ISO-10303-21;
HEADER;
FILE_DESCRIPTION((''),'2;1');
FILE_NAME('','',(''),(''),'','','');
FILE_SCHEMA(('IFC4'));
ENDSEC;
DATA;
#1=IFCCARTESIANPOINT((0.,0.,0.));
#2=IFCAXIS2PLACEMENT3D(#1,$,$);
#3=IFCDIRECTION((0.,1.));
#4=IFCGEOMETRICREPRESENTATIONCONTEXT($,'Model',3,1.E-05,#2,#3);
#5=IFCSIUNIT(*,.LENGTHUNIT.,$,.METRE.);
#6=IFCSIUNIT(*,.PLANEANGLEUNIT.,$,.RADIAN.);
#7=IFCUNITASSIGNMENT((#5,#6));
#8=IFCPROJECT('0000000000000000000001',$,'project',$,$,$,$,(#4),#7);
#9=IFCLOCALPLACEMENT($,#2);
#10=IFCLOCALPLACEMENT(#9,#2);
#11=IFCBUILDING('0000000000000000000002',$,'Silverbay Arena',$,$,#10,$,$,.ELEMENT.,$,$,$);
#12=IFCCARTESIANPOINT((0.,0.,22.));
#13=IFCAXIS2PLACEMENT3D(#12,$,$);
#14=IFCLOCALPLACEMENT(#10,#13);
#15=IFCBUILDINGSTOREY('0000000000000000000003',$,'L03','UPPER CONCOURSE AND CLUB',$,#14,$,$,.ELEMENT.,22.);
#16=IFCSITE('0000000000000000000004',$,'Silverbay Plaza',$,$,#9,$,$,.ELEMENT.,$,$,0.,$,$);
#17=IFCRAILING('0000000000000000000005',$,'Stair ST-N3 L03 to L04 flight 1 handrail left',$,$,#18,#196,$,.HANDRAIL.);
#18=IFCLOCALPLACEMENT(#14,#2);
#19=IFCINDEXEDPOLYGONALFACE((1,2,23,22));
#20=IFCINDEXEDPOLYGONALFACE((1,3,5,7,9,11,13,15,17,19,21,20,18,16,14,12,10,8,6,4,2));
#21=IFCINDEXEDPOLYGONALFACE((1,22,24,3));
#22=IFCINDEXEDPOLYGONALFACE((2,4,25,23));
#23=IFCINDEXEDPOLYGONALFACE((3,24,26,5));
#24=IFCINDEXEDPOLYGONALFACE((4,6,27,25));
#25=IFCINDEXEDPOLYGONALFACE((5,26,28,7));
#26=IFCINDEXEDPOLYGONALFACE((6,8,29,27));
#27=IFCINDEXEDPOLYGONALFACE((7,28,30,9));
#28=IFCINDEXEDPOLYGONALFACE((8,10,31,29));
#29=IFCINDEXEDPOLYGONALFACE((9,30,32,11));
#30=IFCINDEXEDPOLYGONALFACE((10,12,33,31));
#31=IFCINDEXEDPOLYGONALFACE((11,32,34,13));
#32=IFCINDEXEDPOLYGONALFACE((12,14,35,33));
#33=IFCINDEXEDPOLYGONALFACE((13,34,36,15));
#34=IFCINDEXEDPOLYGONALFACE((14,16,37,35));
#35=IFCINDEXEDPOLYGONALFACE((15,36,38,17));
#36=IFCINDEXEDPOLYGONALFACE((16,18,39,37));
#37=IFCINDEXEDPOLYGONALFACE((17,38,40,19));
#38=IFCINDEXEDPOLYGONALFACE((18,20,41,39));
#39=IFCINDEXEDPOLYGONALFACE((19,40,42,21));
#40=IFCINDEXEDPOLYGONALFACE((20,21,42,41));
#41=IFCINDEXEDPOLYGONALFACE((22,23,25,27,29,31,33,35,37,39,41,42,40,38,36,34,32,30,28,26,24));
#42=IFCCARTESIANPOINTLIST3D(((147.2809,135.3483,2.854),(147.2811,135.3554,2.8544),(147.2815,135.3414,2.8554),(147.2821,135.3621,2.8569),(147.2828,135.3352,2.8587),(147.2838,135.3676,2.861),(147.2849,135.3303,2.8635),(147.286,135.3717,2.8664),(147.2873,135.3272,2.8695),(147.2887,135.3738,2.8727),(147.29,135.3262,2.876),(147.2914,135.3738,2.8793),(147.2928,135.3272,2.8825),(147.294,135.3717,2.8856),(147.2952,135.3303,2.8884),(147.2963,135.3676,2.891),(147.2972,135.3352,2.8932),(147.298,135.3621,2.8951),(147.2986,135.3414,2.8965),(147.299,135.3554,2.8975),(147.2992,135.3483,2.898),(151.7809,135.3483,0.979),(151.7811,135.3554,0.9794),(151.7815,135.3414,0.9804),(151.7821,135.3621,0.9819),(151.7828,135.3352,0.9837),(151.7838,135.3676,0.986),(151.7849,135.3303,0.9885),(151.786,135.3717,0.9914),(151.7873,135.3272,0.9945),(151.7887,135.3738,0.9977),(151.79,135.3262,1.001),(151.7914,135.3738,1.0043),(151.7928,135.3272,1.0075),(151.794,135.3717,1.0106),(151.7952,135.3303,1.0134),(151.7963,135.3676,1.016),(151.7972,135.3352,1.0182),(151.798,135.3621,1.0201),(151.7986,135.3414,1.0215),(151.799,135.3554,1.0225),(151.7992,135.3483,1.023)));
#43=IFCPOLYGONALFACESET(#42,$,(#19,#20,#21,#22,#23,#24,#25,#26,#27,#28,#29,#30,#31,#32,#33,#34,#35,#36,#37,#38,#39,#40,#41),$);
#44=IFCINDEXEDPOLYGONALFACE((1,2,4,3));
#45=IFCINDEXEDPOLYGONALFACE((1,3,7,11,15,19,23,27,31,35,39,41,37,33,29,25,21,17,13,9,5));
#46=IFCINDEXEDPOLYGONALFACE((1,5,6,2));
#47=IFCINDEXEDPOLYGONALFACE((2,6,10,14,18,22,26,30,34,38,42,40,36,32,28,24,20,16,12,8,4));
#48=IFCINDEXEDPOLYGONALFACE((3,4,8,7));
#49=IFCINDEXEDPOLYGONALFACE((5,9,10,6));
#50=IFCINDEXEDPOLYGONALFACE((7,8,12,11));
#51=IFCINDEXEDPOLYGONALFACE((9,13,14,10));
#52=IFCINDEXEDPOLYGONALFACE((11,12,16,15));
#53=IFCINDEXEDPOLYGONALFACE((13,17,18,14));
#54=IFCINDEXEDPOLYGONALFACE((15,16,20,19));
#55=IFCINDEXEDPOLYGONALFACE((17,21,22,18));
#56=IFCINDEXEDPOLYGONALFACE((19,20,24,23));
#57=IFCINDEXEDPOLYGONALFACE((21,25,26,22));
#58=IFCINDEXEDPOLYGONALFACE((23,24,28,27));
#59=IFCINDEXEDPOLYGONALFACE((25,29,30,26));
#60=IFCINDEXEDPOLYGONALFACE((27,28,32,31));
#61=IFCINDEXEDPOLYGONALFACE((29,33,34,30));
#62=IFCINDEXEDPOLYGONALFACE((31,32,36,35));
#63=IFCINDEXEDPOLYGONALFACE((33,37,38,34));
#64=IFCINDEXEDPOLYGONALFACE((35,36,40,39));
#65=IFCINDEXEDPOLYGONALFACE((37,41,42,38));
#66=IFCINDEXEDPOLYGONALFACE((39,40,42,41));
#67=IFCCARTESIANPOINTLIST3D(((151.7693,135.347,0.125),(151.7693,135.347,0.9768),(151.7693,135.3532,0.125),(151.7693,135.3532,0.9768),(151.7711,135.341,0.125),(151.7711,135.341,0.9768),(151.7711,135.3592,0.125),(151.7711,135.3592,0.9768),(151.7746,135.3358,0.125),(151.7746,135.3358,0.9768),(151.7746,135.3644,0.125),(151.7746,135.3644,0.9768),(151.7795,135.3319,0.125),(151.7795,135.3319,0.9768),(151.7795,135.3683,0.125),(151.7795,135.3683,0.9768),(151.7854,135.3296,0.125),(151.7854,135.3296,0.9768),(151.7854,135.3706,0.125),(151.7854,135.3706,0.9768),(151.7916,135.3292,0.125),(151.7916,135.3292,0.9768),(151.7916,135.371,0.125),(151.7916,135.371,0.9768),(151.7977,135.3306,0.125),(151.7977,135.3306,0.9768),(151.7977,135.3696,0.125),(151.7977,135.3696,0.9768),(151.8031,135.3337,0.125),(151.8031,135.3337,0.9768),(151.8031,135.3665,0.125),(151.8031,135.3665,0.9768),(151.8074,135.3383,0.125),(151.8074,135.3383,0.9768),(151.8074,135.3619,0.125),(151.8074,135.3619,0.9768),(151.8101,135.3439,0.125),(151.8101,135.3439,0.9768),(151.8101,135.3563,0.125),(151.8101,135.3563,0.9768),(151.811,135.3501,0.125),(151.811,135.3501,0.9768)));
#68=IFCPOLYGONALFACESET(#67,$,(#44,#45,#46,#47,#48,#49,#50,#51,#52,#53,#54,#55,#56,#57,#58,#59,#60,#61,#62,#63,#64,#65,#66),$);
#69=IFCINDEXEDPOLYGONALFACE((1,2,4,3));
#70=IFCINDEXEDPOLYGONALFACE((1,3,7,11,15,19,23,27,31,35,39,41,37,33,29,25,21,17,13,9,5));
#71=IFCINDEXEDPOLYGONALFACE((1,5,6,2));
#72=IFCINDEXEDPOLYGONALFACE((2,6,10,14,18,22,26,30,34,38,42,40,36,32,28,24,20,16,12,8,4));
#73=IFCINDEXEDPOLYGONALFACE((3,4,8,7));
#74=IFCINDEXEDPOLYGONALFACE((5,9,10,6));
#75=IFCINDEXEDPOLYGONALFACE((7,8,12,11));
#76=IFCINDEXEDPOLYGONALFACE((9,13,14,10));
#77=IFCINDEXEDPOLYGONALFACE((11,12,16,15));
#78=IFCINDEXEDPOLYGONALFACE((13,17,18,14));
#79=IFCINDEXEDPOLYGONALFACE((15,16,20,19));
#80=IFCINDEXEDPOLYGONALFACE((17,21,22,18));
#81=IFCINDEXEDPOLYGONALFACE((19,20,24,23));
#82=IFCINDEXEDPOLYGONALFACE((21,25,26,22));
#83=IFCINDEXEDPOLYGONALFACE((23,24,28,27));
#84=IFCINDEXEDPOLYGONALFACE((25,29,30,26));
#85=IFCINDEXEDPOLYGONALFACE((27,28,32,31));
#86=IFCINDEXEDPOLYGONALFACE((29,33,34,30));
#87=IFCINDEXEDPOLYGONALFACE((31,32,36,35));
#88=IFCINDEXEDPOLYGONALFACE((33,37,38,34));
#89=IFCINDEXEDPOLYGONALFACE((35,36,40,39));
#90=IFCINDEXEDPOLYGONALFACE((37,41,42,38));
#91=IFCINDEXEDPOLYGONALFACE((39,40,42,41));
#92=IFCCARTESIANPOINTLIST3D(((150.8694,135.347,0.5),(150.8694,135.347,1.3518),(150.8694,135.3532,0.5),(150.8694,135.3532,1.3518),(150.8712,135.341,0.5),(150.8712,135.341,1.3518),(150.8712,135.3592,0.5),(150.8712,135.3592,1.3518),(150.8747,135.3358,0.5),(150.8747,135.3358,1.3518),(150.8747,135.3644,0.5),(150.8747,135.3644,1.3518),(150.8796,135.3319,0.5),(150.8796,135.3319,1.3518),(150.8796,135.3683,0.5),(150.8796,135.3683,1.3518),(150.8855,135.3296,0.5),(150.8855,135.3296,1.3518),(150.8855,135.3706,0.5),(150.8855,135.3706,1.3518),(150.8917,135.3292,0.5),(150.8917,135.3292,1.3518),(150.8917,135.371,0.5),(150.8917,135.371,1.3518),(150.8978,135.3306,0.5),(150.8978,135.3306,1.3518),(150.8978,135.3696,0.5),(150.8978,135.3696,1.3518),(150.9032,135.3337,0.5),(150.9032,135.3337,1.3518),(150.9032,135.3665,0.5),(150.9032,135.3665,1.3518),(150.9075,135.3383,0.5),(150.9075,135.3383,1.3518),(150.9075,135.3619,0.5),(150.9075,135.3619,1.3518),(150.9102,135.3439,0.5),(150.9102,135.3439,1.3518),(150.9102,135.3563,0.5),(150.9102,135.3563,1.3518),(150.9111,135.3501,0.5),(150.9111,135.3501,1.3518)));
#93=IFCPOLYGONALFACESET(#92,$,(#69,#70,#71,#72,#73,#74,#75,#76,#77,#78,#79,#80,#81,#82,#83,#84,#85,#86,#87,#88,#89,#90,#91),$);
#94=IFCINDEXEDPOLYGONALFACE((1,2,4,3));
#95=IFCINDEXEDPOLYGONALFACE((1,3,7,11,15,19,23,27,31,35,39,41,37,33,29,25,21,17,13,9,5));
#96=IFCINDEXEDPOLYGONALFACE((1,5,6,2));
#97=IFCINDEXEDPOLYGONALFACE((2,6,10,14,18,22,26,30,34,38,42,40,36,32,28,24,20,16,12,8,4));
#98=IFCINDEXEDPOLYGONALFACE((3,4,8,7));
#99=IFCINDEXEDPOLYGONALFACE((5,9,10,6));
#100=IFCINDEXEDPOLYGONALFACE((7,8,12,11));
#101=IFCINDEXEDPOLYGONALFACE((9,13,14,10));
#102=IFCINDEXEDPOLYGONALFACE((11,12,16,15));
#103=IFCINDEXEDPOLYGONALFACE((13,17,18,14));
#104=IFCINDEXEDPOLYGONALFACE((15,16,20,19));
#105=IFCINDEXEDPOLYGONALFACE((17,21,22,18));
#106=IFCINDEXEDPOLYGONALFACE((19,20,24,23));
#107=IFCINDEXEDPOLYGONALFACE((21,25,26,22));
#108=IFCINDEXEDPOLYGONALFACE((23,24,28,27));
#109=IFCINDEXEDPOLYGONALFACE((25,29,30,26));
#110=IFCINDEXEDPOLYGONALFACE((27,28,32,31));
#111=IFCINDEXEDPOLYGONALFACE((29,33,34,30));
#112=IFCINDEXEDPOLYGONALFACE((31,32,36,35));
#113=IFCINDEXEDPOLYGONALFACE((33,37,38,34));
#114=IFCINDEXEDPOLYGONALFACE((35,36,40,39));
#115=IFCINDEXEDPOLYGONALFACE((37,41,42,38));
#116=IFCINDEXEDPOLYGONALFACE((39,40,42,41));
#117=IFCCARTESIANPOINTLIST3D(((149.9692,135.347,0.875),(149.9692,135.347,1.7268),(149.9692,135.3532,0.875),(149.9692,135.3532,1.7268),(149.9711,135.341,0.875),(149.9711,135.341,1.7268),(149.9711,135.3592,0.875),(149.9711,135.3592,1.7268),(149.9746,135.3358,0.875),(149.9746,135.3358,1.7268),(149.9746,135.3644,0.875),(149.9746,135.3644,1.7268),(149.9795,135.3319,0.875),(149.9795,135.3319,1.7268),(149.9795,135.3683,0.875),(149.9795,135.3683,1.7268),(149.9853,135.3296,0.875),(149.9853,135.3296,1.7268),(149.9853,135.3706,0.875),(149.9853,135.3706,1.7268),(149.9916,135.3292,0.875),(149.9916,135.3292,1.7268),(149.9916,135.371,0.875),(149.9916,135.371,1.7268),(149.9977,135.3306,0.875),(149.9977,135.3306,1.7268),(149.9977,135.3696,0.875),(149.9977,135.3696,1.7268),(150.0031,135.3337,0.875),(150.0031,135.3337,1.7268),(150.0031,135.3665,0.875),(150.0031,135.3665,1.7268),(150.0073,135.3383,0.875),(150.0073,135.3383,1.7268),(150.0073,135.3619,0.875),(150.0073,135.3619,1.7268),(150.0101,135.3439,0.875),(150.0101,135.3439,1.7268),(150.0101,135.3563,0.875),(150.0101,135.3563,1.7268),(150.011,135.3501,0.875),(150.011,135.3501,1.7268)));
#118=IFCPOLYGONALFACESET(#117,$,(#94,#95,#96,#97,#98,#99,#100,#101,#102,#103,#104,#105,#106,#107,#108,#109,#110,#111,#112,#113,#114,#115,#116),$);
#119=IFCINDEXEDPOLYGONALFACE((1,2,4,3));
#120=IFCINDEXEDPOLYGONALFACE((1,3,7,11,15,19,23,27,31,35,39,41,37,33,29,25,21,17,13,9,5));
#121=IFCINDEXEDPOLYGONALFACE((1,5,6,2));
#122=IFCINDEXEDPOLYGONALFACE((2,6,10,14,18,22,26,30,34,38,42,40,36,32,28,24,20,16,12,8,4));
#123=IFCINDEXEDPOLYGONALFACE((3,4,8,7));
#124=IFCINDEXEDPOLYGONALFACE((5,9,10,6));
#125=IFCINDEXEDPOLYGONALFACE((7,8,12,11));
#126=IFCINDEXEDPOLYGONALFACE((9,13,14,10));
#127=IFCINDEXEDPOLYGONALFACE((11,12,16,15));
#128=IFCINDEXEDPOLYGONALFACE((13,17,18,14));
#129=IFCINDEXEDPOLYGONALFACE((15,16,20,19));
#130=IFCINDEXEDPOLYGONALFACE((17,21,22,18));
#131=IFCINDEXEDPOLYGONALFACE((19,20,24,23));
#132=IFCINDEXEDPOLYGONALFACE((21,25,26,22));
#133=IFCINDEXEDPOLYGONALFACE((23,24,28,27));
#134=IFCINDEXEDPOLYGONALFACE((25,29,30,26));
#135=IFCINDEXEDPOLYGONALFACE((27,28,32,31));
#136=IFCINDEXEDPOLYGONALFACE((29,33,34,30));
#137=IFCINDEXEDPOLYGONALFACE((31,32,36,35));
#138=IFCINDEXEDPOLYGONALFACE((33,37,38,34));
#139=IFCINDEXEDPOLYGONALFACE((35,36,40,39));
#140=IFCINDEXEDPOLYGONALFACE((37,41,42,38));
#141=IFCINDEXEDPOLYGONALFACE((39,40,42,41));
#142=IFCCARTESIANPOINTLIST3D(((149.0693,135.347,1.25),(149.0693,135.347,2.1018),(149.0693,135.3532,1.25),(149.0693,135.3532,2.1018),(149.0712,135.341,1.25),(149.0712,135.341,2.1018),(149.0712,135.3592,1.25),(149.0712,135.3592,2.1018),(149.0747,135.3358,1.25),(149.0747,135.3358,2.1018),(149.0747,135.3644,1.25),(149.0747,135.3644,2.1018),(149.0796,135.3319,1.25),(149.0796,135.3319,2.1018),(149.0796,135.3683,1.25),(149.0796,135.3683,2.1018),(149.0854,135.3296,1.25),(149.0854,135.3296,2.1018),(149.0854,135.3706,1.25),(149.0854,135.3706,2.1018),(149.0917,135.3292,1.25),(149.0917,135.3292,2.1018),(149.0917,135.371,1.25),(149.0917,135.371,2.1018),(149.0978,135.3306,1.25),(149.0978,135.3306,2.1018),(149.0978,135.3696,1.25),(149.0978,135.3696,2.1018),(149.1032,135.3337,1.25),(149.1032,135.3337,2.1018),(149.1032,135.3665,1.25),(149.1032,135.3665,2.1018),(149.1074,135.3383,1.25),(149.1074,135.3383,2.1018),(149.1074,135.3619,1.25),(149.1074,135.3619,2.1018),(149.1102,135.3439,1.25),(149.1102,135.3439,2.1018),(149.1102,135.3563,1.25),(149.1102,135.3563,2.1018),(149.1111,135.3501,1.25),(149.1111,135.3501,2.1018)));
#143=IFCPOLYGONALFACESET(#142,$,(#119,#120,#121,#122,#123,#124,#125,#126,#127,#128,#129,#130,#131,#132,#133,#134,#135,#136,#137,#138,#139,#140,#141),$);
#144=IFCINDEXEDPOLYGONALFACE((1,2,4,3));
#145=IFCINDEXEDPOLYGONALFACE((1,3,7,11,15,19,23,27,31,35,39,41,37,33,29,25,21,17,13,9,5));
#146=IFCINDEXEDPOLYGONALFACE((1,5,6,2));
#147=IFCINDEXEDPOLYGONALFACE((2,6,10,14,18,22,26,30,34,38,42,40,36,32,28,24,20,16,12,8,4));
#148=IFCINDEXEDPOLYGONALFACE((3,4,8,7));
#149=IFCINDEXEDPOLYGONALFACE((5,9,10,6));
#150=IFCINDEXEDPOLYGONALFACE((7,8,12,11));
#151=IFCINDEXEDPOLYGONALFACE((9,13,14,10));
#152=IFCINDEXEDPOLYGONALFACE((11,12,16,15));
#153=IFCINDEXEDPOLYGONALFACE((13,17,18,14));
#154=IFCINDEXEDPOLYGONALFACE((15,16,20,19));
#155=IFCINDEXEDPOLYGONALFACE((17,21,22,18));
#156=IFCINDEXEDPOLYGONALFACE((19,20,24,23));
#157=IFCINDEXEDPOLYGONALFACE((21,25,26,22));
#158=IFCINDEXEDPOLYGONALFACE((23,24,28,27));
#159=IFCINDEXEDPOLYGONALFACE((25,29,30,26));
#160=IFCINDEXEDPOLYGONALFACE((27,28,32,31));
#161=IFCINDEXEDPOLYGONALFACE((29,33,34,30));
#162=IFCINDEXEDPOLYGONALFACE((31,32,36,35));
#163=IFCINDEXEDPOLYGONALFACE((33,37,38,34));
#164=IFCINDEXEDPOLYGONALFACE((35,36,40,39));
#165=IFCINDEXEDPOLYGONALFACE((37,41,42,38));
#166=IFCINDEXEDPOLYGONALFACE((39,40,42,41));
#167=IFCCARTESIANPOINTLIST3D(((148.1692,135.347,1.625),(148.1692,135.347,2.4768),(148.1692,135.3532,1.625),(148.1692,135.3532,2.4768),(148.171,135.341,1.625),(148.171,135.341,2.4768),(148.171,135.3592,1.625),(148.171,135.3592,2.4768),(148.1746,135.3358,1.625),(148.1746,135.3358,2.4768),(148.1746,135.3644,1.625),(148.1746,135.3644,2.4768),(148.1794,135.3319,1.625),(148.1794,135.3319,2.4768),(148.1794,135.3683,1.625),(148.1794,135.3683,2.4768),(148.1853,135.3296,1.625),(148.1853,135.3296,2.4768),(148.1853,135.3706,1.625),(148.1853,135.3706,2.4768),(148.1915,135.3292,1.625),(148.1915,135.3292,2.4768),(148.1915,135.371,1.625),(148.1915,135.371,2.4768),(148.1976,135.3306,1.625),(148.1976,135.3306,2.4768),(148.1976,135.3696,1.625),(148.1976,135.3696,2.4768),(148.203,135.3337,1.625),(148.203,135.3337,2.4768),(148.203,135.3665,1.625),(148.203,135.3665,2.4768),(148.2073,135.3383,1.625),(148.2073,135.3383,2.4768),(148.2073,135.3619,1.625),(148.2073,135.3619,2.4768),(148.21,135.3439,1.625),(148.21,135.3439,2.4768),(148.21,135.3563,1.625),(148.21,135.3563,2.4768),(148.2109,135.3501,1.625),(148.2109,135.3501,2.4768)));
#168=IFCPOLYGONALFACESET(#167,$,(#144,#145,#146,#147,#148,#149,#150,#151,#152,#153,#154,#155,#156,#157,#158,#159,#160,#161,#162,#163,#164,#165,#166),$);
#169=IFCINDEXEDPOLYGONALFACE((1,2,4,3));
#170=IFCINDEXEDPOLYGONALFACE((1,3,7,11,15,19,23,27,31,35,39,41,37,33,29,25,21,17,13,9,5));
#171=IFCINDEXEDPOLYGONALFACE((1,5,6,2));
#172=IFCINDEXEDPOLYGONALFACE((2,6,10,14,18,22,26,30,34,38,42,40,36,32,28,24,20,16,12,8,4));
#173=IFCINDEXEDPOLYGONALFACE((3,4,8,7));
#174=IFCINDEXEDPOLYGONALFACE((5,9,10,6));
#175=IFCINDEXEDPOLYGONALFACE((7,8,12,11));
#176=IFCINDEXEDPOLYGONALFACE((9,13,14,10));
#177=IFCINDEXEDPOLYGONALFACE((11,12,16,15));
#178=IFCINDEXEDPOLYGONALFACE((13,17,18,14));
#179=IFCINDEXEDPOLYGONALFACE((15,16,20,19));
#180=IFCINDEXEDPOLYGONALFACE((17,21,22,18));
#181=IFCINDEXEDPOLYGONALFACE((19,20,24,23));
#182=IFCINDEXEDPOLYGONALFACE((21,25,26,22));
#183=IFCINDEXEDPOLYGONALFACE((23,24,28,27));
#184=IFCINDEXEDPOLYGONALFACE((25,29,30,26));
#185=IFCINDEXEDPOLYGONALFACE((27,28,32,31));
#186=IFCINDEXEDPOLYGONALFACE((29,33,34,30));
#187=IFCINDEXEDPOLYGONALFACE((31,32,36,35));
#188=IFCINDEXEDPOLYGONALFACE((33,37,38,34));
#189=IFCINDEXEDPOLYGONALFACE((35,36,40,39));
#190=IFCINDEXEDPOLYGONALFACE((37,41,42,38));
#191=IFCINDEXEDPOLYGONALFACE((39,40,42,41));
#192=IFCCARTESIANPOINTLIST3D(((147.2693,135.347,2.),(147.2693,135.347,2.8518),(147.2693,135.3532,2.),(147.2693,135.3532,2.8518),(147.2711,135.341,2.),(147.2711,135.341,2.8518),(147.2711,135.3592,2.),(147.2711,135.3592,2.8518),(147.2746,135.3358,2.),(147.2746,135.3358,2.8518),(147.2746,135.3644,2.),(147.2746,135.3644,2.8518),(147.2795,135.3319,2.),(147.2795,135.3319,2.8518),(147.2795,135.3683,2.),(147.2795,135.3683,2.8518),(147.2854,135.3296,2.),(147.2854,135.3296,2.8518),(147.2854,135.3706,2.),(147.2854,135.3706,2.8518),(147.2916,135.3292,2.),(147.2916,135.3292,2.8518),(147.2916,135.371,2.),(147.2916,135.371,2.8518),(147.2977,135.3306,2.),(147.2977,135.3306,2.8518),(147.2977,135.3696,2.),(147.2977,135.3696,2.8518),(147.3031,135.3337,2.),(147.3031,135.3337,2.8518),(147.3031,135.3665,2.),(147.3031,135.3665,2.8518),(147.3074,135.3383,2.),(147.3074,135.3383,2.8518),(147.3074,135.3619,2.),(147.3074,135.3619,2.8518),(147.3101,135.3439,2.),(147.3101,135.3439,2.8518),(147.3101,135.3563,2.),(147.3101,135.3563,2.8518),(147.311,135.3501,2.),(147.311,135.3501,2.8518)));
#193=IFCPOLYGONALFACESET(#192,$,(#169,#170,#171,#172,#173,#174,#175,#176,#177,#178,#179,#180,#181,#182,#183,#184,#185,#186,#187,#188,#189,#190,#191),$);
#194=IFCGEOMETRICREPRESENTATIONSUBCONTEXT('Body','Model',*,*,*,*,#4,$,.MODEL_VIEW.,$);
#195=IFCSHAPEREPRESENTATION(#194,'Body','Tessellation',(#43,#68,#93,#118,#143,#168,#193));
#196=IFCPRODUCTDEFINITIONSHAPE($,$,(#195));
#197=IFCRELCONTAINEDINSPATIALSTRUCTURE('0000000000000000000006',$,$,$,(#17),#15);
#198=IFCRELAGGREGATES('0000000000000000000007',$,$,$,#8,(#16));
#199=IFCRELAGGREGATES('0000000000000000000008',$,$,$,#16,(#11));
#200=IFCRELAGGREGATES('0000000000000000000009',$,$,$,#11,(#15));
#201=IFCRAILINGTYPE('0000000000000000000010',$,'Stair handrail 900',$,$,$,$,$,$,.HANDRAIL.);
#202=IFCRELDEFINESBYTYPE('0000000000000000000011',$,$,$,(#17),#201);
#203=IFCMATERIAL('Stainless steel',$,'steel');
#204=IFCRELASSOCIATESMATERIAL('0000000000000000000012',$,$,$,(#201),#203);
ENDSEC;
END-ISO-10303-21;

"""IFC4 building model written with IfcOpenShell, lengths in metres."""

from ifc_helpers import new_model, si_unit, direction, frame, origin, origin_2d, place, context, subcontext, project, spatial, circle, extrude, material, type_object, element, save


model = new_model("IFC4")

# Units and contexts
model_context = context("Model", 3, precision=1e-05, world=origin(), true_north=direction((0.0, 1.0)))
body_context = subcontext(model_context, "Body", "Model", "MODEL_VIEW")
ifc_project = project(units=[si_unit("LENGTHUNIT", "METRE"), si_unit("PLANEANGLEUNIT", "RADIAN")], contexts=[model_context])

# Site, building, storey
site_placement = place(None, origin())
site = spatial("IfcSite", under=ifc_project, at=site_placement, Name="Silverbay Plaza", CompositionType="ELEMENT", RefElevation=0.0)
building_placement = place(site_placement, origin())
building = spatial("IfcBuilding", under=site, at=building_placement, Name="Silverbay Arena", CompositionType="ELEMENT")
storey_placement = place(building_placement, frame((0.0, 0.0, 22.0)))
storey = spatial("IfcBuildingStorey", under=building, at=storey_placement, Name="L03", Description="UPPER CONCOURSE AND CLUB", CompositionType="ELEMENT", Elevation=22.0)

# Railing
ifc_material_1 = material(Name="Stainless steel", Category="steel")
railing_type = type_object("IfcRailingType", Name="Stair handrail 900", PredefinedType="HANDRAIL", material=ifc_material_1)
railing_1_placement = place(storey_placement, frame((151.79, 135.3501, 0.125)))
element("IfcRailing", 1, at=railing_1_placement, inside=storey, type_object=railing_type, Name="Stair ST-N3 L03 to L04 flight 1 handrail left", PredefinedType="HANDRAIL", context=body_context, shape_type="SweptSolid", body=[
    extrude(circle(Radius=0.0239, at=origin_2d()), frame((0.0, 0.0, 0.876), z_axis=(-0.923077, 0.0, 0.384615), x_axis=(0.0, -1.0, 0.0)), (0.0, 0.0, 1.0), 4.875),
    extrude(circle(Radius=0.021, at=origin_2d()), origin(), (0.0, 0.0, 1.0), 0.8518),
    extrude(circle(Radius=0.021, at=origin_2d()), frame((-0.8999, 0.0, 0.375)), (0.0, 0.0, 1.0), 0.8518),
    extrude(circle(Radius=0.021, at=origin_2d()), frame((-1.8, 0.0, 0.75)), (0.0, 0.0, 1.0), 0.8518),
    extrude(circle(Radius=0.021, at=origin_2d()), frame((-2.7, 0.0, 1.125)), (0.0, 0.0, 1.0), 0.8518),
    extrude(circle(Radius=0.021, at=origin_2d()), frame((-3.6001, 0.0, 1.5)), (0.0, 0.0, 1.0), 0.8518),
    extrude(circle(Radius=0.021, at=origin_2d()), frame((-4.5, 0.0, 1.875)), (0.0, 0.0, 1.0), 0.8518),
])

save(model, "model.ifc")
